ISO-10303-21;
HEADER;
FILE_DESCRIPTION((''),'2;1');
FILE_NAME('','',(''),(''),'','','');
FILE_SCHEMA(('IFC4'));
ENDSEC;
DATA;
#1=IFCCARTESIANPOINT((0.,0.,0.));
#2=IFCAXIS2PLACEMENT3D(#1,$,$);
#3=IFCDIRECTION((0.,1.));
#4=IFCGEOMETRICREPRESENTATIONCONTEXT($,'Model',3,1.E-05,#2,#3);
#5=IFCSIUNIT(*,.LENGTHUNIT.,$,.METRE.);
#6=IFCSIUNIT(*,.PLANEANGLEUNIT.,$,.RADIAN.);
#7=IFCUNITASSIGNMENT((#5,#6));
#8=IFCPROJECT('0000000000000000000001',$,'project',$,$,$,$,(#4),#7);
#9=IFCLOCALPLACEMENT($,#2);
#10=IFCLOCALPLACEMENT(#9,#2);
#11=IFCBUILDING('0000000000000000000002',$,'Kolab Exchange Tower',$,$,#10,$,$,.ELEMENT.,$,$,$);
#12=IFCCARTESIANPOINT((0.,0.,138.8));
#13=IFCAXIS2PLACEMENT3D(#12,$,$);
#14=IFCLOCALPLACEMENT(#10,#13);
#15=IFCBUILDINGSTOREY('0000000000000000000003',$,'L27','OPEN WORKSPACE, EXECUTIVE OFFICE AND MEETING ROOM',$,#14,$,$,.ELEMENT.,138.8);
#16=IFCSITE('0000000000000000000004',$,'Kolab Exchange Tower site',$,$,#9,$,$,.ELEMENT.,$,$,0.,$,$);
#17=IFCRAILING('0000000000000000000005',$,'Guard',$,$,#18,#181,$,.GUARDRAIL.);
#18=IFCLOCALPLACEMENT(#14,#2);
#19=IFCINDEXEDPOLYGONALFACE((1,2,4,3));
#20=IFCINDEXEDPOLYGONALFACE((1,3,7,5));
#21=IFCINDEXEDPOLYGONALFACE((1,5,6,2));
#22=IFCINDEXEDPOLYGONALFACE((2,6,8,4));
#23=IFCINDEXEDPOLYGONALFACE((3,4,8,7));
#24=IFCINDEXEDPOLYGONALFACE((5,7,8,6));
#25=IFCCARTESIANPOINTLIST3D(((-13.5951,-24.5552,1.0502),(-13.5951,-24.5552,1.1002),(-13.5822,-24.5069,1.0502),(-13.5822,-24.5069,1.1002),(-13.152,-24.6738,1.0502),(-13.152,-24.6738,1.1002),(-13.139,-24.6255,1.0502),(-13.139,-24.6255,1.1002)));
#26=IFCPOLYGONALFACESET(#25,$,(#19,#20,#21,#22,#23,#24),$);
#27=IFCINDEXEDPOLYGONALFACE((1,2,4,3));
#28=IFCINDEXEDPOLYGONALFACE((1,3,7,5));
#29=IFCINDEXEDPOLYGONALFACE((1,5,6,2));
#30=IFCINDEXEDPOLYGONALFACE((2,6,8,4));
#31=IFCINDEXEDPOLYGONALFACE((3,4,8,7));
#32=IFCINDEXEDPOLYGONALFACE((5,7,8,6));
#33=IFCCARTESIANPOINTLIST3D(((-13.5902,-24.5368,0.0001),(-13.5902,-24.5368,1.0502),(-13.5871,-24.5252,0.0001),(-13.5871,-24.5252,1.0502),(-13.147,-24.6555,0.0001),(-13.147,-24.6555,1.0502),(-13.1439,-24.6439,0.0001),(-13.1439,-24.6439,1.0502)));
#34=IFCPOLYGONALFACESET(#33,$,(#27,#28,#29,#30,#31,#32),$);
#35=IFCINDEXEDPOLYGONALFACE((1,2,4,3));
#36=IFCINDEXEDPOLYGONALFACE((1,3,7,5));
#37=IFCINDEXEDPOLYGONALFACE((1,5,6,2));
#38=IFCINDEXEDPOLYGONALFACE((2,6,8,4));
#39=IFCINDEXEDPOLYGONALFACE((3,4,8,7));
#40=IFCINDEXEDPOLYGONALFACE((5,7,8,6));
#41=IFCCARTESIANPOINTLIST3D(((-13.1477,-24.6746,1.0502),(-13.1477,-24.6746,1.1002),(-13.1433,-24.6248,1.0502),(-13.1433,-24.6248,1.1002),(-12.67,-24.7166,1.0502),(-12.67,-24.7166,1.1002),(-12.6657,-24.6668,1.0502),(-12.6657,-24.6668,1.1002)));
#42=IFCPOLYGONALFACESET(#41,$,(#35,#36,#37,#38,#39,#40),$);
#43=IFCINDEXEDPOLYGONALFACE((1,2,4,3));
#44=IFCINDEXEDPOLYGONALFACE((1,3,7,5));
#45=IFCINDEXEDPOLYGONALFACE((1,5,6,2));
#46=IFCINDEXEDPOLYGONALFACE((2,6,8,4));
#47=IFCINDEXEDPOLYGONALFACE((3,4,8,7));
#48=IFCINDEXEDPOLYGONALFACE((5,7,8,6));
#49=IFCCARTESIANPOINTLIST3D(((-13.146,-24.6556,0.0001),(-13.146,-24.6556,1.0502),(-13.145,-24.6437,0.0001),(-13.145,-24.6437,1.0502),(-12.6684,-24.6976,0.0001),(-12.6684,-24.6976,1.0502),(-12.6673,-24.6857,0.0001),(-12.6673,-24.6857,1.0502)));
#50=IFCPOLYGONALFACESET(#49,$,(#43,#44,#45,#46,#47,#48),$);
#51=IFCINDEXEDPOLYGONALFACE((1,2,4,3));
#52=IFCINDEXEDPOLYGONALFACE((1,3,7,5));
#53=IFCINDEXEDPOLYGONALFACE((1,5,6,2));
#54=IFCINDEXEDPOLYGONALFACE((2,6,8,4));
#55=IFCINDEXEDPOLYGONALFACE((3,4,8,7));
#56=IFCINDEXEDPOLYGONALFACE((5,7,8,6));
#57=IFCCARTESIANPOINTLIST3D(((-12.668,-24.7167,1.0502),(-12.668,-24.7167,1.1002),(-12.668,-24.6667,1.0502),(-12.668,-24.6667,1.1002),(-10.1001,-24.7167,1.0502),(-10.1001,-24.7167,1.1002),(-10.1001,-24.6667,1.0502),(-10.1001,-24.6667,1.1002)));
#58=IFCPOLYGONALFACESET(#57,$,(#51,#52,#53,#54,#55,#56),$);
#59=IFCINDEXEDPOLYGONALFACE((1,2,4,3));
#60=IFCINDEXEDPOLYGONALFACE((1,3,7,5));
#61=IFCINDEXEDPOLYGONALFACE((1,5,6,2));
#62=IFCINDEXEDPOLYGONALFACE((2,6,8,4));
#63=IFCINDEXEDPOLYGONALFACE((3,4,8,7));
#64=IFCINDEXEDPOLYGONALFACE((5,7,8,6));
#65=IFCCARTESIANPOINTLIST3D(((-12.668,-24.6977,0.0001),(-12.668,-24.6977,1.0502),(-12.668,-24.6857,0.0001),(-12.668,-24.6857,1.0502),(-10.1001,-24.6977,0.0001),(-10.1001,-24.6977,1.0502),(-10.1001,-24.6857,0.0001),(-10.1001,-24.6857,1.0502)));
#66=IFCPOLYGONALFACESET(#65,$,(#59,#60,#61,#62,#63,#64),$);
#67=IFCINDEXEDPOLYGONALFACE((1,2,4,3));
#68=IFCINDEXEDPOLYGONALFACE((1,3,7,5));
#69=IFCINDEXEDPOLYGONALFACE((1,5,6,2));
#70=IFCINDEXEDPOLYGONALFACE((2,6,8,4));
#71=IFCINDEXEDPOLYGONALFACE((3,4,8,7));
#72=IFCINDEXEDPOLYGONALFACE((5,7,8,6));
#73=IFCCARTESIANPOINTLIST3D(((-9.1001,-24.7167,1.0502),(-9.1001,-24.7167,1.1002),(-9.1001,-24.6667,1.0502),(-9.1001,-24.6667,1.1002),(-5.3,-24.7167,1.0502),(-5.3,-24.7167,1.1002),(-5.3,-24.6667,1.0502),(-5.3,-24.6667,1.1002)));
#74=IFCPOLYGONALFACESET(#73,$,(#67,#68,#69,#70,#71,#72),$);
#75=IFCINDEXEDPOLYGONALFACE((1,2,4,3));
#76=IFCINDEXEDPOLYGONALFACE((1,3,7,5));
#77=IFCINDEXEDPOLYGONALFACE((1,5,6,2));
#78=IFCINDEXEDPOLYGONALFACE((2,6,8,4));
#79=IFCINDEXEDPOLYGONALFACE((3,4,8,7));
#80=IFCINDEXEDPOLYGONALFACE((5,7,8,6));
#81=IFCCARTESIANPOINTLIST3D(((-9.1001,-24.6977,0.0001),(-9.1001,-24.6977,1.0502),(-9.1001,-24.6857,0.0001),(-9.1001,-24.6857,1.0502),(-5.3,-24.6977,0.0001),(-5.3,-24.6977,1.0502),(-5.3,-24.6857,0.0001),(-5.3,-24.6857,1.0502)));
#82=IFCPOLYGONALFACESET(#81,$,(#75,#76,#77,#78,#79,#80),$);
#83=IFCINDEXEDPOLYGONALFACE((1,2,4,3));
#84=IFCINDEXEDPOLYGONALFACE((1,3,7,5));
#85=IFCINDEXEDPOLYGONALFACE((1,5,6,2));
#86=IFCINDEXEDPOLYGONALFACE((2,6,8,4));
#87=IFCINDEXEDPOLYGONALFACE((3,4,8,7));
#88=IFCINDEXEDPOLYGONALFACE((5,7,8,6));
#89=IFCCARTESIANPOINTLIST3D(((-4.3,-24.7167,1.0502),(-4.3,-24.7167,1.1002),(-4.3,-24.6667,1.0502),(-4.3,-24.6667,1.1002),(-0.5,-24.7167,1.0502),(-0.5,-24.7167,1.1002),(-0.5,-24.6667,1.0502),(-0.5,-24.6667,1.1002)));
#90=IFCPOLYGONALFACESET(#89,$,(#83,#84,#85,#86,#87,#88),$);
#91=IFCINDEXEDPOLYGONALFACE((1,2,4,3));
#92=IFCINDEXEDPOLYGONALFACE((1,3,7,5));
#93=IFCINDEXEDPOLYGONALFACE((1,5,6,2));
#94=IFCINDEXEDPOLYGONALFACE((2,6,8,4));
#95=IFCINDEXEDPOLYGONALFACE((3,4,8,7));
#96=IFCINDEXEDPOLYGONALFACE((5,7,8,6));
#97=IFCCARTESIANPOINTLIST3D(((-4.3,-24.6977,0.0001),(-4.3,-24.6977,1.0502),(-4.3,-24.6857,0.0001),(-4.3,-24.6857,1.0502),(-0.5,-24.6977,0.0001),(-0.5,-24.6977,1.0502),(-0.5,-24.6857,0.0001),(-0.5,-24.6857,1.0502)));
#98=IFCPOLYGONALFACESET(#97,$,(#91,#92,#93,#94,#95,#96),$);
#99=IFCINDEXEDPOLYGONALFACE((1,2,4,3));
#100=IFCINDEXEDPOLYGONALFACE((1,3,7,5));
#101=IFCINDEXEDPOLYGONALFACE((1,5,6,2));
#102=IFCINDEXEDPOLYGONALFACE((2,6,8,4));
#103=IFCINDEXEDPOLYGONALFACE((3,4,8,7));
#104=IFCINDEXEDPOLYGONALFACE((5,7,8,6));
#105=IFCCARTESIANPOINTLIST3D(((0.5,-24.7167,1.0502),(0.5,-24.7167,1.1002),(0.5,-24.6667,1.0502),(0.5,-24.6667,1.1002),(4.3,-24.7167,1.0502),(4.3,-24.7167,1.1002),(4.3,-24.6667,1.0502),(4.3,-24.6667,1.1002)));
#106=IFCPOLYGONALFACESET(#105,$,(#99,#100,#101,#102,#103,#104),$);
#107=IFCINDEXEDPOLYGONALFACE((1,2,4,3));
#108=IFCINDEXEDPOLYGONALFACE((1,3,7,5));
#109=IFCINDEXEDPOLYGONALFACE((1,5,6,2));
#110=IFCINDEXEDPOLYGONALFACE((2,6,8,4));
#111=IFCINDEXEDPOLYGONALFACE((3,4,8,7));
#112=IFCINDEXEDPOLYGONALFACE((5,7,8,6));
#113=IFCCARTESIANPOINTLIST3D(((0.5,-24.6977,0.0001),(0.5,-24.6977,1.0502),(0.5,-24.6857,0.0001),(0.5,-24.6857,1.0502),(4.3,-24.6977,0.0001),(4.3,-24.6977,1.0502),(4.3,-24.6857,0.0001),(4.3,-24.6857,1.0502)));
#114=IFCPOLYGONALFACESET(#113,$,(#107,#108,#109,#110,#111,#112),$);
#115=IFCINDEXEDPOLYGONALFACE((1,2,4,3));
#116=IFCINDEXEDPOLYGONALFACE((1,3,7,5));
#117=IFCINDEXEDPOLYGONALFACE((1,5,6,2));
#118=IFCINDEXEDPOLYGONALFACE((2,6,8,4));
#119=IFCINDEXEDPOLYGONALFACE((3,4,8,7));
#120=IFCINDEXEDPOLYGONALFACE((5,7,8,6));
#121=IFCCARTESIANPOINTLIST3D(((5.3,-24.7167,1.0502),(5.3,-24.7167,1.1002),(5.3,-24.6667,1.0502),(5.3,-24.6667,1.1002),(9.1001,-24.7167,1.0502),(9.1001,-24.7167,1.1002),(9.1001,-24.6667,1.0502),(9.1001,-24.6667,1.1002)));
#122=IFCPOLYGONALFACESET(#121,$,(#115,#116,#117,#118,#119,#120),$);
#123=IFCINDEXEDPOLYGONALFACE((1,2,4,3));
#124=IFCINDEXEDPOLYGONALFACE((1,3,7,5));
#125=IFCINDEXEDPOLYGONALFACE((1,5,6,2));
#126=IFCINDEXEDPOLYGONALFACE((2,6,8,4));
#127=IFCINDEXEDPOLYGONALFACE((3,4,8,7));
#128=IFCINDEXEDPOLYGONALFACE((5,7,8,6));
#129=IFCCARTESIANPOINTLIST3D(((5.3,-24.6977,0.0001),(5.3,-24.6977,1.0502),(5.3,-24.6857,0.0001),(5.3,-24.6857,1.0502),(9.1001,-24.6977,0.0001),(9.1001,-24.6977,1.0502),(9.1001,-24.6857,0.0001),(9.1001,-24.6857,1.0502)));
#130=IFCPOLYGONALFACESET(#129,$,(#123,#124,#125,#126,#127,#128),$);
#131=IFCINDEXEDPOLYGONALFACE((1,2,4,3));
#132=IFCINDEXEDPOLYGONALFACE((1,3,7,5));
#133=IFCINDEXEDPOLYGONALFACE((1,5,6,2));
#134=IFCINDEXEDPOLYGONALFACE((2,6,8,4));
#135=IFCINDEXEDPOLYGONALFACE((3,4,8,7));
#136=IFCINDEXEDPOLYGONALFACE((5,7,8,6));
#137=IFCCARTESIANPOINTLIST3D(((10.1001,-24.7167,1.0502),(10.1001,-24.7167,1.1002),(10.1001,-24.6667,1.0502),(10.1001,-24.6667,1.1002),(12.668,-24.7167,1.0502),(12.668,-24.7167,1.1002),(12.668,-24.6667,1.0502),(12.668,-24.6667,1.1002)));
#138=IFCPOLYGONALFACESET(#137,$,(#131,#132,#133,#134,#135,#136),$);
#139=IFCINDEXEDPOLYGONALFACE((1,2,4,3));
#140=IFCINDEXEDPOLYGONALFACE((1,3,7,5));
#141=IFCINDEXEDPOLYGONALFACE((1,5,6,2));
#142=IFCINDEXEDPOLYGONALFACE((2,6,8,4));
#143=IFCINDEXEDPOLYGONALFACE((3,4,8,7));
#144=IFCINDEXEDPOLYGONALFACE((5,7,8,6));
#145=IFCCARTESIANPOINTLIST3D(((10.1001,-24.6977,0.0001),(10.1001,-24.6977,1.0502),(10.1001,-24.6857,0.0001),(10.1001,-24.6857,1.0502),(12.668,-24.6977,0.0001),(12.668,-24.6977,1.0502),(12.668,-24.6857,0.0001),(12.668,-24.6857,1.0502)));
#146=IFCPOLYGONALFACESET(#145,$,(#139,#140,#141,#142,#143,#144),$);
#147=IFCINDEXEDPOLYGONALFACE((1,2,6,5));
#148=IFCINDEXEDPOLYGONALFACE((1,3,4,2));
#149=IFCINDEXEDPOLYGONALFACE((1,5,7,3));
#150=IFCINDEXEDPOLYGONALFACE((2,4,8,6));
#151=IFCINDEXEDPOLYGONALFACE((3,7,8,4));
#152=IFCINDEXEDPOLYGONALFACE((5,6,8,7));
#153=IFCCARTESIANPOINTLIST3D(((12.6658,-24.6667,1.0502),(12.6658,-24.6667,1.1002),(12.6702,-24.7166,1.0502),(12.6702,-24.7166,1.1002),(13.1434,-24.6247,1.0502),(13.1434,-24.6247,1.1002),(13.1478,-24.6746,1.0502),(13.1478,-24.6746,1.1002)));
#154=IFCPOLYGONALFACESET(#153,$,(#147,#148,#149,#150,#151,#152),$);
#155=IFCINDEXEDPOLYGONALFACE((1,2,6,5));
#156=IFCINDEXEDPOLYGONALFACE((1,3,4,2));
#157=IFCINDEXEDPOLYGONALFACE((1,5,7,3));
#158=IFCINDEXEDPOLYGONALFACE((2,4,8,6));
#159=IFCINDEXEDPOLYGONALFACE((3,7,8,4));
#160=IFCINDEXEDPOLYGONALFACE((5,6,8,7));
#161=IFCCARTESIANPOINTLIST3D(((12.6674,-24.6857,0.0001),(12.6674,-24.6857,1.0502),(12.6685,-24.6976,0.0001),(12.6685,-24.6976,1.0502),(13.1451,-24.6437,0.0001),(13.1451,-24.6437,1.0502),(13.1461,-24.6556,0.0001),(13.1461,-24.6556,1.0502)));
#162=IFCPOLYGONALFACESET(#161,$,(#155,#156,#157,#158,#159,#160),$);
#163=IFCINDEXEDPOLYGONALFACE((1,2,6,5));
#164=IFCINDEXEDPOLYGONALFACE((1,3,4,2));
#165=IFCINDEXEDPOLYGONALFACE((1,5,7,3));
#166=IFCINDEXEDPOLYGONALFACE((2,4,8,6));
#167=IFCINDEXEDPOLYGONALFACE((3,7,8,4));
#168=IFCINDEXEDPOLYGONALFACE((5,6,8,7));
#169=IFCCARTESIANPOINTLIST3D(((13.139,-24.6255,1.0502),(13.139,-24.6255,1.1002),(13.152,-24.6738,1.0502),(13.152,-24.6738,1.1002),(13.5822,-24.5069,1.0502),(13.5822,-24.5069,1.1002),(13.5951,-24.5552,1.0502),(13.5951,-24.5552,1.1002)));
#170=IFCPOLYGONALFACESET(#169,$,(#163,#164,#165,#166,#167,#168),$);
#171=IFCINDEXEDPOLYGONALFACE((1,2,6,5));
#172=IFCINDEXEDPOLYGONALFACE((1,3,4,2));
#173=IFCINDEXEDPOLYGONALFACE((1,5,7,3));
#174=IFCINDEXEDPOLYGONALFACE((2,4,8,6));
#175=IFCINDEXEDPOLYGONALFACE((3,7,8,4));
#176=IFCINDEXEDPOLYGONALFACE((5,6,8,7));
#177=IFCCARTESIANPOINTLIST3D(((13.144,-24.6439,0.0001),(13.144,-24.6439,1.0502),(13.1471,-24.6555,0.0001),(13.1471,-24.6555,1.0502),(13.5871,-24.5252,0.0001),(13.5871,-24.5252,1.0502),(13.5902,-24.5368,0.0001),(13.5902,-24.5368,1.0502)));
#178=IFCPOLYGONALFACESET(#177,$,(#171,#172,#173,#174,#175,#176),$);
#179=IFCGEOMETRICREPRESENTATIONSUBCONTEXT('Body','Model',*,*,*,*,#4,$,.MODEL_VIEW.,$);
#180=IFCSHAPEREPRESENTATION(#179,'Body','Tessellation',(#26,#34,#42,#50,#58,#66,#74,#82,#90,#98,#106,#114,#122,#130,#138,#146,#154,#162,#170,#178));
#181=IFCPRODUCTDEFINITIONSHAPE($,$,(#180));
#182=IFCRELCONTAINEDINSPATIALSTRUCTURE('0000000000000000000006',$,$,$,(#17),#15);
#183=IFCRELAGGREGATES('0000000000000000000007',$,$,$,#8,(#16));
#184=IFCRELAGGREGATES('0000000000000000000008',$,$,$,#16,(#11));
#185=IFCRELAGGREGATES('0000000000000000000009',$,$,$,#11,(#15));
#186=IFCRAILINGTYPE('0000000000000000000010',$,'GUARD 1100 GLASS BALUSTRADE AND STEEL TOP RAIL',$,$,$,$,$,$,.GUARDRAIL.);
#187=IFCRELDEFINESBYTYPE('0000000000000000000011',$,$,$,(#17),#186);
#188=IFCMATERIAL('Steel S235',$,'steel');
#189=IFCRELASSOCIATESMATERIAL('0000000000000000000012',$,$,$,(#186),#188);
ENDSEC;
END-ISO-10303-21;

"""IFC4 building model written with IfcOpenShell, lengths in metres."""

from ifc_helpers import new_model, si_unit, direction, frame, frame_2d, origin, origin_2d, place, context, subcontext, project, spatial, rectangle, extrude, material, type_object, element, save


model = new_model("IFC4")

# Units and contexts
model_context = context("Model", 3, precision=1e-05, world=origin(), true_north=direction((0.0, 1.0)))
body_context = subcontext(model_context, "Body", "Model", "MODEL_VIEW")
ifc_project = project(units=[si_unit("LENGTHUNIT", "METRE"), si_unit("PLANEANGLEUNIT", "RADIAN")], contexts=[model_context])

# Site, building, storey
site_placement = place(None, origin())
site = spatial("IfcSite", under=ifc_project, at=site_placement, Name="Kolab Exchange Tower site", CompositionType="ELEMENT", RefElevation=0.0)
building_placement = place(site_placement, origin())
building = spatial("IfcBuilding", under=site, at=building_placement, Name="Kolab Exchange Tower", CompositionType="ELEMENT")
storey_placement = place(building_placement, frame((0.0, 0.0, 138.8)))
storey = spatial("IfcBuildingStorey", under=building, at=storey_placement, Name="L27", Description="OPEN WORKSPACE, EXECUTIVE OFFICE AND MEETING ROOM", CompositionType="ELEMENT", Elevation=138.8)

# Railing
ifc_material_1 = material(Name="Steel S235", Category="steel")
railing_type = type_object("IfcRailingType", Name="GUARD 1100 GLASS BALUSTRADE AND STEEL TOP RAIL", PredefinedType="GUARDRAIL", material=ifc_material_1)
railing_placement = place(storey_placement, frame((-13.5886, -24.531, 0.0)))
element("IfcRailing", 1, at=railing_placement, inside=storey, type_object=railing_type, Name="Guard", PredefinedType="GUARDRAIL", context=body_context, shape_type="SweptSolid", body=[
    extrude(rectangle(XDim=0.05, YDim=0.05, at=origin_2d()), frame((0.0, 0.0, 1.0752), z_axis=(0.965969, -0.258656, 0.0), x_axis=(0.258656, 0.965969, 0.0)), (0.0, 0.0, 1.0), 0.4587),
    extrude(rectangle(XDim=0.012, YDim=1.0501, at=frame_2d((0.0, 0.5251))), frame((0.0, 0.0, 0.0), z_axis=(0.965969, -0.258656, 0.0), x_axis=(0.258656, 0.965969, 0.0)), (0.0, 0.0, 1.0), 0.4587),
    extrude(rectangle(XDim=0.05, YDim=0.05, at=origin_2d()), frame((0.4431, -0.1187, 1.0752), z_axis=(0.996156, -0.087597, 0.0), x_axis=(0.087597, 0.996156, 0.0)), (0.0, 0.0, 1.0), 0.4795),
    extrude(rectangle(XDim=0.012, YDim=1.0501, at=frame_2d((0.0, 0.5251))), frame((0.4431, -0.1187, 0.0), z_axis=(0.996156, -0.087597, 0.0), x_axis=(0.087597, 0.996156, 0.0)), (0.0, 0.0, 1.0), 0.4795),
    extrude(rectangle(XDim=0.05, YDim=0.05, at=origin_2d()), frame((0.9207, -0.1606, 1.0752), z_axis=(1.0, 0.0, 0.0), x_axis=(0.0, 1.0, 0.0)), (0.0, 0.0, 1.0), 2.5679),
    extrude(rectangle(XDim=0.012, YDim=1.0501, at=frame_2d((0.0, 0.5251))), frame((0.9207, -0.1606, 0.0), z_axis=(1.0, 0.0, 0.0), x_axis=(0.0, 1.0, 0.0)), (0.0, 0.0, 1.0), 2.5679),
    extrude(rectangle(XDim=0.05, YDim=0.05, at=origin_2d()), frame((4.4885, -0.1606, 1.0752), z_axis=(1.0, 0.0, 0.0), x_axis=(0.0, 1.0, 0.0)), (0.0, 0.0, 1.0), 3.8),
    extrude(rectangle(XDim=0.012, YDim=1.0501, at=frame_2d((0.0, 0.5251))), frame((4.4885, -0.1606, 0.0), z_axis=(1.0, 0.0, 0.0), x_axis=(0.0, 1.0, 0.0)), (0.0, 0.0, 1.0), 3.8),
    extrude(rectangle(XDim=0.05, YDim=0.05, at=origin_2d()), frame((9.2886, -0.1606, 1.0752), z_axis=(1.0, 0.0, 0.0), x_axis=(0.0, 1.0, 0.0)), (0.0, 0.0, 1.0), 3.8),
    extrude(rectangle(XDim=0.012, YDim=1.0501, at=frame_2d((0.0, 0.5251))), frame((9.2886, -0.1606, 0.0), z_axis=(1.0, 0.0, 0.0), x_axis=(0.0, 1.0, 0.0)), (0.0, 0.0, 1.0), 3.8),
    extrude(rectangle(XDim=0.05, YDim=0.05, at=origin_2d()), frame((14.0886, -0.1606, 1.0752), z_axis=(1.0, 0.0, 0.0), x_axis=(0.0, 1.0, 0.0)), (0.0, 0.0, 1.0), 3.8),
    extrude(rectangle(XDim=0.012, YDim=1.0501, at=frame_2d((0.0, 0.5251))), frame((14.0886, -0.1606, 0.0), z_axis=(1.0, 0.0, 0.0), x_axis=(0.0, 1.0, 0.0)), (0.0, 0.0, 1.0), 3.8),
    extrude(rectangle(XDim=0.05, YDim=0.05, at=origin_2d()), frame((18.8887, -0.1606, 1.0752), z_axis=(1.0, 0.0, 0.0), x_axis=(0.0, 1.0, 0.0)), (0.0, 0.0, 1.0), 3.8),
    extrude(rectangle(XDim=0.012, YDim=1.0501, at=frame_2d((0.0, 0.5251))), frame((18.8887, -0.1606, 0.0), z_axis=(1.0, 0.0, 0.0), x_axis=(0.0, 1.0, 0.0)), (0.0, 0.0, 1.0), 3.8),
    extrude(rectangle(XDim=0.05, YDim=0.05, at=origin_2d()), frame((23.6887, -0.1606, 1.0752), z_axis=(1.0, 0.0, 0.0), x_axis=(0.0, 1.0, 0.0)), (0.0, 0.0, 1.0), 2.5679),
    extrude(rectangle(XDim=0.012, YDim=1.0501, at=frame_2d((0.0, 0.5251))), frame((23.6887, -0.1606, 0.0), z_axis=(1.0, 0.0, 0.0), x_axis=(0.0, 1.0, 0.0)), (0.0, 0.0, 1.0), 2.5679),
    extrude(rectangle(XDim=0.05, YDim=0.05, at=origin_2d()), frame((26.2566, -0.1606, 1.0752), z_axis=(0.996156, 0.087597, 0.0), x_axis=(-0.087597, 0.996156, 0.0)), (0.0, 0.0, 1.0), 0.4795),
    extrude(rectangle(XDim=0.012, YDim=1.0501, at=frame_2d((0.0, 0.5251))), frame((26.2566, -0.1606, 0.0), z_axis=(0.996156, 0.087597, 0.0), x_axis=(-0.087597, 0.996156, 0.0)), (0.0, 0.0, 1.0), 0.4795),
    extrude(rectangle(XDim=0.05, YDim=0.05, at=origin_2d()), frame((26.7341, -0.1187, 1.0752), z_axis=(0.965969, 0.258656, 0.0), x_axis=(-0.258656, 0.965969, 0.0)), (0.0, 0.0, 1.0), 0.4587),
    extrude(rectangle(XDim=0.012, YDim=1.0501, at=frame_2d((0.0, 0.5251))), frame((26.7341, -0.1187, 0.0), z_axis=(0.965969, 0.258656, 0.0), x_axis=(-0.258656, 0.965969, 0.0)), (0.0, 0.0, 1.0), 0.4587),
])

save(model, "model.ifc")
